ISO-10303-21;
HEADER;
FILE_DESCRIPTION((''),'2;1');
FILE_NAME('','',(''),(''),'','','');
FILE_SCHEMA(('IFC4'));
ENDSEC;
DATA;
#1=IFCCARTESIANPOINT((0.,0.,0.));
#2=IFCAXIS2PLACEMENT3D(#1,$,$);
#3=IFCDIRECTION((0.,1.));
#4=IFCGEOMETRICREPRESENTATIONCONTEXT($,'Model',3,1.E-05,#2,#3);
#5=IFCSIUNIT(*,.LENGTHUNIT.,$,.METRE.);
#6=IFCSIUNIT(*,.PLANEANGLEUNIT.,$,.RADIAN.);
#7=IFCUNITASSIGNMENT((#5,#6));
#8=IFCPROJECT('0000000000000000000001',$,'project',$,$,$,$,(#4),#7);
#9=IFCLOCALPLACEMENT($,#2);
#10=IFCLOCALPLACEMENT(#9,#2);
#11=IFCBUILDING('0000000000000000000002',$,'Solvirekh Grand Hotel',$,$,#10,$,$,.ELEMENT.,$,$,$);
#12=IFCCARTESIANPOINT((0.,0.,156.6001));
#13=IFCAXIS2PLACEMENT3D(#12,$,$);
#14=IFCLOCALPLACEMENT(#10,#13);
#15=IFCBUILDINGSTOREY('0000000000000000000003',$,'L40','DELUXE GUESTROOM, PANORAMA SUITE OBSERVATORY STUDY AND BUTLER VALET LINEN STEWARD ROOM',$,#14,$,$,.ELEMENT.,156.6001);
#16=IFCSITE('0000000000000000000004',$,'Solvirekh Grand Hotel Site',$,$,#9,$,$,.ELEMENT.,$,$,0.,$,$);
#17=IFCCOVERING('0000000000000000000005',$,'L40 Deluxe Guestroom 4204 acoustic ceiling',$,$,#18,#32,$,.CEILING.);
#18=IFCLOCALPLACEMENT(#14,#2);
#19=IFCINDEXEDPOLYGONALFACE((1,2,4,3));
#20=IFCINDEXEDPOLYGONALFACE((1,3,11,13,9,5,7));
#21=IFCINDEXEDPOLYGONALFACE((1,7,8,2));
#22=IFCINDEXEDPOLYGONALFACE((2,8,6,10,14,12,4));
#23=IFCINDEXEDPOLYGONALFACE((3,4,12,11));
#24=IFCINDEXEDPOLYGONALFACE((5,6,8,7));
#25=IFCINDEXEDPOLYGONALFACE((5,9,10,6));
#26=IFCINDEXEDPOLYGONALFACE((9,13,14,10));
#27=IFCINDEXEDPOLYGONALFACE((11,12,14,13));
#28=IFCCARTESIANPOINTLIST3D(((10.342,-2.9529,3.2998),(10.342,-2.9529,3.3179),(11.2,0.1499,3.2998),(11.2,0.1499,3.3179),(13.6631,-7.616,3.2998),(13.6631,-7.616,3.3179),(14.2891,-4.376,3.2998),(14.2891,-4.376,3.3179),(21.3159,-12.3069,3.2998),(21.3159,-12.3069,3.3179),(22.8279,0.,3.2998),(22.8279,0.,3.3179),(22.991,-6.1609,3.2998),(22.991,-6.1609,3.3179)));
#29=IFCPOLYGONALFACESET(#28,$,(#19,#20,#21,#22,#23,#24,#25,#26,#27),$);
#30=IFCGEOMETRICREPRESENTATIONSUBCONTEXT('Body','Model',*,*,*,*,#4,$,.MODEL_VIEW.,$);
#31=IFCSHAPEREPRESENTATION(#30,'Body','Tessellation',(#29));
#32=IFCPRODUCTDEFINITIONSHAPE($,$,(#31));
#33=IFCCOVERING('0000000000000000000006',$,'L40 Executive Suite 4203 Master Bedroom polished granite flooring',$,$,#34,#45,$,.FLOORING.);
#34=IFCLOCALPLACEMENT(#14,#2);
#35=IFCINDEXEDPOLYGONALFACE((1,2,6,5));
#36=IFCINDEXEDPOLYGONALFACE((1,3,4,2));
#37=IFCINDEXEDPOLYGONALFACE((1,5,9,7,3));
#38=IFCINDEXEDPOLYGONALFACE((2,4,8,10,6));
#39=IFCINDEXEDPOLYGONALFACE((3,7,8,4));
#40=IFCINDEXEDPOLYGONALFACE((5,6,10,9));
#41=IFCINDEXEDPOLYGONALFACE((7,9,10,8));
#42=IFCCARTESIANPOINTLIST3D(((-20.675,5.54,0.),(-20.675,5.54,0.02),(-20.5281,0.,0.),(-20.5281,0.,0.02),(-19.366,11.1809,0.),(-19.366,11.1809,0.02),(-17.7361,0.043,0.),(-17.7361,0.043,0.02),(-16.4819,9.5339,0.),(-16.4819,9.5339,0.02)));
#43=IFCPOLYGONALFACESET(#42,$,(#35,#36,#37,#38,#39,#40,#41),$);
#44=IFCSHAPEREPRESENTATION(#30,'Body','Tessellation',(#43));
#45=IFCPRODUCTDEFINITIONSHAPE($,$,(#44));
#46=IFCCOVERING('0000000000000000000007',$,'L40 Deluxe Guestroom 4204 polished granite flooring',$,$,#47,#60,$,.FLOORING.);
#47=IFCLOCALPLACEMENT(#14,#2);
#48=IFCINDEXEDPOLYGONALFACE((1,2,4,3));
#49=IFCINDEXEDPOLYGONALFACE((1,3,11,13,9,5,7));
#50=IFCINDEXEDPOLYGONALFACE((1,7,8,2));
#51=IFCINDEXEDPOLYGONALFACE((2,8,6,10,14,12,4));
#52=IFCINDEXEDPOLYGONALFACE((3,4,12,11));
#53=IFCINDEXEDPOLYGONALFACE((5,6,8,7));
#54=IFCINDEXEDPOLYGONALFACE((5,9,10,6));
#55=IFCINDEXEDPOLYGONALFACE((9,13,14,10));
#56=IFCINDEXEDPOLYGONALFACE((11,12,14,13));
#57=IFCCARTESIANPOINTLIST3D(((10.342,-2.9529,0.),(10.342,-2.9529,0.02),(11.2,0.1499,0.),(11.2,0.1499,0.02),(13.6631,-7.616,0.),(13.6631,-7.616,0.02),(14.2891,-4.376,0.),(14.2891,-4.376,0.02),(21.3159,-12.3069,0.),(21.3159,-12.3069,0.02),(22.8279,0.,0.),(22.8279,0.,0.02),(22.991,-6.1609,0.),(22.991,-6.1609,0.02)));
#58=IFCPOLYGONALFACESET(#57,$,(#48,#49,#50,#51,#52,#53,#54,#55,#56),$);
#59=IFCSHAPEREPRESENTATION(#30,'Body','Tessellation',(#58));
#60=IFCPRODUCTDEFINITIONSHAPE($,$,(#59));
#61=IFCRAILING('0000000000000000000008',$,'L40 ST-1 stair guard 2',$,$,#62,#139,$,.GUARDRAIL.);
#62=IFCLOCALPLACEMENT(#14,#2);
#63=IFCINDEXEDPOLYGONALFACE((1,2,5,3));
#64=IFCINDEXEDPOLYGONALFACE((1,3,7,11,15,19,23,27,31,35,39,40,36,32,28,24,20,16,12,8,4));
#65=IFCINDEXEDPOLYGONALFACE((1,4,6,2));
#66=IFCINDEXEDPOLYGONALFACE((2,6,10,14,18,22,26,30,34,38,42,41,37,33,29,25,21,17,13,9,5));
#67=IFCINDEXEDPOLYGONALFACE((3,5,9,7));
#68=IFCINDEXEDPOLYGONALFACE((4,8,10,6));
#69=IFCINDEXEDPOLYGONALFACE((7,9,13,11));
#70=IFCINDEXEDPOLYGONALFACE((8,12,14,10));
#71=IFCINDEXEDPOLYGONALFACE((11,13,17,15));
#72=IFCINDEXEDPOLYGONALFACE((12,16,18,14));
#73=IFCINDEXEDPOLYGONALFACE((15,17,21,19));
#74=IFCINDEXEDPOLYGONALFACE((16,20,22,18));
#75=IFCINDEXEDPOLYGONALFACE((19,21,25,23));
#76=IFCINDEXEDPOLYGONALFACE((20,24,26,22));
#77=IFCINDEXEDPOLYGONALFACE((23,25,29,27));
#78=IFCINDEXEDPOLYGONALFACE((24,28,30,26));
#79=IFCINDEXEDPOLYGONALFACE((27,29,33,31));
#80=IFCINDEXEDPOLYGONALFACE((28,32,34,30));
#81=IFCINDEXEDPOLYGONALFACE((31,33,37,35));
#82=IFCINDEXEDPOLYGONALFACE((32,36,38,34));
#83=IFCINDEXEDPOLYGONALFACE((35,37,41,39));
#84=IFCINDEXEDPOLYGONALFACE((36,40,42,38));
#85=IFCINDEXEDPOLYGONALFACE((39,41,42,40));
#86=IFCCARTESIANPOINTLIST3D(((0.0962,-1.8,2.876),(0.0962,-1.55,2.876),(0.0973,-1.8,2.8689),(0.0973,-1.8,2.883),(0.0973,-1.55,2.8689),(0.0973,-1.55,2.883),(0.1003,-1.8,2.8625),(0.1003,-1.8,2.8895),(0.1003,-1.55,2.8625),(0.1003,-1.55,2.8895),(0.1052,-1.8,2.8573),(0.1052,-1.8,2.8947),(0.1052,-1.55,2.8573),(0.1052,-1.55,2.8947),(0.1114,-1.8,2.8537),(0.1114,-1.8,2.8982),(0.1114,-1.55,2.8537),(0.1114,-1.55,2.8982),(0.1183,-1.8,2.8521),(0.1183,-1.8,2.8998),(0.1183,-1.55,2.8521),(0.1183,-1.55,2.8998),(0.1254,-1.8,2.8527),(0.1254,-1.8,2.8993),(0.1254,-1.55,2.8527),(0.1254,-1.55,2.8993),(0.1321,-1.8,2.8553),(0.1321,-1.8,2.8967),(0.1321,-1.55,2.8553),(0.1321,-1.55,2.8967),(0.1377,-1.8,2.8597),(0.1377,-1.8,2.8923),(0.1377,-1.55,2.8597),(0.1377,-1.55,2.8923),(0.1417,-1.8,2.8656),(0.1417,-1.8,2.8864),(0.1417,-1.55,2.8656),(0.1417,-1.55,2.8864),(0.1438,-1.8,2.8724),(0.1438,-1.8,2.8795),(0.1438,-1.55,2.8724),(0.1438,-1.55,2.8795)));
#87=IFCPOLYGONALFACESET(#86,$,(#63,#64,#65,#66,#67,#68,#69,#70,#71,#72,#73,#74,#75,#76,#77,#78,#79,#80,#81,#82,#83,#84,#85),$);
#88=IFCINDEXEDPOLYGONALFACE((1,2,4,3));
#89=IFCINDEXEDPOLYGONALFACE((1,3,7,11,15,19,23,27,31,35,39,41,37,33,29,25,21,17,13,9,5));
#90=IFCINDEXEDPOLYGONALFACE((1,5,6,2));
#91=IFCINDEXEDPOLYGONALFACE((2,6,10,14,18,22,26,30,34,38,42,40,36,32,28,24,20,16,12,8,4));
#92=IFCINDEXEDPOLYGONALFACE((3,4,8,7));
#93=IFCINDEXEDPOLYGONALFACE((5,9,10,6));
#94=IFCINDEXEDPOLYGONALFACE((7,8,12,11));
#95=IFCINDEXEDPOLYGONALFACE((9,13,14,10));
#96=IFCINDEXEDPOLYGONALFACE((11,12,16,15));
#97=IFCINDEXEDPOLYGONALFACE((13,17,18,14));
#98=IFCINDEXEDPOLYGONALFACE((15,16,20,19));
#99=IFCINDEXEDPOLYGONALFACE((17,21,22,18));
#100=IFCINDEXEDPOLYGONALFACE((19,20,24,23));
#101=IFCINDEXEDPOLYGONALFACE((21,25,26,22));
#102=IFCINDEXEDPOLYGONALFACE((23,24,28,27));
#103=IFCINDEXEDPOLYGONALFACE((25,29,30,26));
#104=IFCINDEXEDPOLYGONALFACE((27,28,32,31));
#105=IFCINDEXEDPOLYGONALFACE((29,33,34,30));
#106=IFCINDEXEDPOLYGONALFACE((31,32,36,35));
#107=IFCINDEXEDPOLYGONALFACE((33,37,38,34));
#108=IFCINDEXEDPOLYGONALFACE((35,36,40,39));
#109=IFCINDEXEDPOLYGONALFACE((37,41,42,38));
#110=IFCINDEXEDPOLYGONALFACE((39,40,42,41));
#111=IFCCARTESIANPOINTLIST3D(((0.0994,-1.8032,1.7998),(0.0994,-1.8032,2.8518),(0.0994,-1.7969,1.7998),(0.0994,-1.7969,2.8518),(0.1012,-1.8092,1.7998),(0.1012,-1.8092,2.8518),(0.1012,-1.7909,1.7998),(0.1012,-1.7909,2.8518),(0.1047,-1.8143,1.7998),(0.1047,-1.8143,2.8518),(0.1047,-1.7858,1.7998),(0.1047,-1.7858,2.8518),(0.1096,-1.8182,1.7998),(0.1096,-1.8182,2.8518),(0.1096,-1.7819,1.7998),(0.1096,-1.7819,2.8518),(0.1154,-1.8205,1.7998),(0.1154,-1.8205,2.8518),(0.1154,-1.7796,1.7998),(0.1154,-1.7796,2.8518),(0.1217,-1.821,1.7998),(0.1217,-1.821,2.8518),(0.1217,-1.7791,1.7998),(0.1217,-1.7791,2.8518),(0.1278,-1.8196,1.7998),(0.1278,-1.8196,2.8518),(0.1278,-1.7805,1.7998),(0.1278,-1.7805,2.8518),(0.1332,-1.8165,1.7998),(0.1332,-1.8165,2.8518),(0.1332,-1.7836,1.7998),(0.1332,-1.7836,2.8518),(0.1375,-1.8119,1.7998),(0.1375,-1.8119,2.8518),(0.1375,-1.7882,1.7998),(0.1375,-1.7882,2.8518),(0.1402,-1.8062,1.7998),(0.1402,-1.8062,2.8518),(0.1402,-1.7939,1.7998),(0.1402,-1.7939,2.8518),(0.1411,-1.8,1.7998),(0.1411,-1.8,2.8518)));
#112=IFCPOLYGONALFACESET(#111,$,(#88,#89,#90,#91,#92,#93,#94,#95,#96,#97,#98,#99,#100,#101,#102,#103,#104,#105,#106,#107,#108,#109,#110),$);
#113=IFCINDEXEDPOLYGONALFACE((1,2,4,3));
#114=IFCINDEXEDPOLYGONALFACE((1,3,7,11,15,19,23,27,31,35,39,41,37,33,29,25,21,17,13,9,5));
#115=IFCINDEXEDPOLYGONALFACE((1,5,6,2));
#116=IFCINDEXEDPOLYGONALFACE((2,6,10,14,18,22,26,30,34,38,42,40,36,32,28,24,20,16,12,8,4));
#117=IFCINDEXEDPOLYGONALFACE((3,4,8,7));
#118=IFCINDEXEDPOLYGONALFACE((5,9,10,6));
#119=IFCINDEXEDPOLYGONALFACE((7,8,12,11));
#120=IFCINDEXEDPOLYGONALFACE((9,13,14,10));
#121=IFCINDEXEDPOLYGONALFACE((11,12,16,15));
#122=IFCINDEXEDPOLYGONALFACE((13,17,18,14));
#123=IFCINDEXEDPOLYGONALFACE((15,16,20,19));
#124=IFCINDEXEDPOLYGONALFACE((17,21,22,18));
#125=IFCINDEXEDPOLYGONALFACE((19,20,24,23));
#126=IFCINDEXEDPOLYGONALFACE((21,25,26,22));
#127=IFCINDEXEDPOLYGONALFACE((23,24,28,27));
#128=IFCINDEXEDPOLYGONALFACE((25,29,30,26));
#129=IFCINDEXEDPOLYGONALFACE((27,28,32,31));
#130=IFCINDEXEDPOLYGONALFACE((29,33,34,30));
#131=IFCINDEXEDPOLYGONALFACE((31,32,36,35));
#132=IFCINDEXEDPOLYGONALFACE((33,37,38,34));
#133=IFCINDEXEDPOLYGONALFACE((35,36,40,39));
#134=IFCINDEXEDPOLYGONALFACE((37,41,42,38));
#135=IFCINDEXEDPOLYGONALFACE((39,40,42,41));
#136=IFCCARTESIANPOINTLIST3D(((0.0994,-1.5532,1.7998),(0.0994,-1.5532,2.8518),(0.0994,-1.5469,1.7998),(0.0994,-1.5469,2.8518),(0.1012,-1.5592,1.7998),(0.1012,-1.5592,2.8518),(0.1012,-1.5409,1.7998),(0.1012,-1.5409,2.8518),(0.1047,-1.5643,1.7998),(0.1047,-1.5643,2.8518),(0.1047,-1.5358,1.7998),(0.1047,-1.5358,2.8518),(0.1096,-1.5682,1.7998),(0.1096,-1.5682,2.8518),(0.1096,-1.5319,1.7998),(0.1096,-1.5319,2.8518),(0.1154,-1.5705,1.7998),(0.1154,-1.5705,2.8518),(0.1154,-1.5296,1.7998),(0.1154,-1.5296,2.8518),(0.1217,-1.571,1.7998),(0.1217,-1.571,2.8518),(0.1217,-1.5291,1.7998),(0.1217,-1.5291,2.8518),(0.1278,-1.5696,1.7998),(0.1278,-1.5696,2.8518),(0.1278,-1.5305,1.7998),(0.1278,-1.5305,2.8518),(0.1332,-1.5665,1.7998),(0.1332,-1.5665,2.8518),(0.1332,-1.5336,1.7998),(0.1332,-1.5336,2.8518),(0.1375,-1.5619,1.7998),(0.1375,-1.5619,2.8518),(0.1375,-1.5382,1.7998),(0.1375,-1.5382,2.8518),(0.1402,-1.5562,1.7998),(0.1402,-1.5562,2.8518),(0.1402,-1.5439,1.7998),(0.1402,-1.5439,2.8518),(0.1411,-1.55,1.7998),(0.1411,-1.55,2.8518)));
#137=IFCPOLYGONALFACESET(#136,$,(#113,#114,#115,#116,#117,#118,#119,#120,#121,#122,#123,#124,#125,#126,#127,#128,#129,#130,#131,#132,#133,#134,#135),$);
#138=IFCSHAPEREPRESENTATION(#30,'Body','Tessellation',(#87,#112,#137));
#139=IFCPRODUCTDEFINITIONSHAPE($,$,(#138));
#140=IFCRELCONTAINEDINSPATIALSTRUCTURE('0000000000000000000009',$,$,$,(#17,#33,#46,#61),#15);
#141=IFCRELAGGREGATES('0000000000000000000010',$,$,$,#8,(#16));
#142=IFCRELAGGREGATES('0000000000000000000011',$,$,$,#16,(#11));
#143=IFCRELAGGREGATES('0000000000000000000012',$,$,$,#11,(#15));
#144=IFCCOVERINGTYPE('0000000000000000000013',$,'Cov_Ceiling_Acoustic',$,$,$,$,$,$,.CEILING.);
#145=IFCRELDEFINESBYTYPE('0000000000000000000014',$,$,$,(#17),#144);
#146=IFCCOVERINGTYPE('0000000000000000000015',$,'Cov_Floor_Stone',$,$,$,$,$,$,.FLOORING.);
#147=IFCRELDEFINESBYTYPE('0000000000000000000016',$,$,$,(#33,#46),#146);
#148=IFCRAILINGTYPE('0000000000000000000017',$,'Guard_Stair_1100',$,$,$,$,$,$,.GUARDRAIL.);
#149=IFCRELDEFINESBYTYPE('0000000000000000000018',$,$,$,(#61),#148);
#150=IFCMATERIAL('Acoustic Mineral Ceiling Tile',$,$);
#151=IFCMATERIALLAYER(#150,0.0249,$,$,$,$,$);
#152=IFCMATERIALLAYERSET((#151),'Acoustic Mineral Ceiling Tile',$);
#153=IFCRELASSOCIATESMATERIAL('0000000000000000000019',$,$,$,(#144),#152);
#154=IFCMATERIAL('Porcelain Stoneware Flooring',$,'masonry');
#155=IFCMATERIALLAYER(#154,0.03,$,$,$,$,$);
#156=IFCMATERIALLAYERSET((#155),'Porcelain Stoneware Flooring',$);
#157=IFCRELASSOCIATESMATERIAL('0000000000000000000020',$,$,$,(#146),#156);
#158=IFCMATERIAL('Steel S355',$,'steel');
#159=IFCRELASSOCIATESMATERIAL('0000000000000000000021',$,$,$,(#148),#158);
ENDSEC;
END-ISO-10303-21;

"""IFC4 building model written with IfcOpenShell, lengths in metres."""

from ifc_helpers import new_model, si_unit, direction, frame, origin, origin_2d, place, context, subcontext, project, spatial, polyline, circle, outline, extrude, material, layer, layer_set, type_object, element, save


model = new_model("IFC4")

# Units and contexts
model_context = context("Model", 3, precision=1e-05, world=origin(), true_north=direction((0.0, 1.0)))
body_context = subcontext(model_context, "Body", "Model", "MODEL_VIEW")
ifc_project = project(units=[si_unit("LENGTHUNIT", "METRE"), si_unit("PLANEANGLEUNIT", "RADIAN")], contexts=[model_context])

# Site, building, storey
site_placement = place(None, origin())
site = spatial("IfcSite", under=ifc_project, at=site_placement, Name="Solvirekh Grand Hotel Site", CompositionType="ELEMENT", RefElevation=0.0)
building_placement = place(site_placement, origin())
building = spatial("IfcBuilding", under=site, at=building_placement, Name="Solvirekh Grand Hotel", CompositionType="ELEMENT")
storey_placement = place(building_placement, frame((0.0, 0.0, 156.6001)))
storey = spatial("IfcBuildingStorey", under=building, at=storey_placement, Name="L40", Description="DELUXE GUESTROOM, PANORAMA SUITE OBSERVATORY STUDY AND BUTLER VALET LINEN STEWARD ROOM", CompositionType="ELEMENT", Elevation=156.6001)

# Shared definitions
ifc_material_1 = material(Name="Steel S355", Category="steel")

# Coverings
ifc_material_2 = material(Name="Acoustic Mineral Ceiling Tile")
ifc_layer_1 = layer(ifc_material_2, 0.0249)
ifc_layer_set_1 = layer_set([ifc_layer_1], Name="Acoustic Mineral Ceiling Tile")
covering_type_1 = type_object("IfcCoveringType", Name="Cov_Ceiling_Acoustic", PredefinedType="CEILING", material=ifc_layer_set_1)
covering_1_placement = place(storey_placement, frame((0.0, 0.0, 3.2998)))
element("IfcCovering", 1, at=covering_1_placement, inside=storey, type_object=covering_type_1, Name="L40 Deluxe Guestroom 4204 acoustic ceiling", PredefinedType="CEILING", context=body_context, shape_type="SweptSolid", body=[
    extrude(outline(polyline([(14.2891, -4.376), (13.6631, -7.616), (21.3159, -12.3069), (22.991, -6.1609), (22.8279, 0.0), (11.2, 0.1499), (10.342, -2.9529), (14.2891, -4.376)])), origin(), (0.0, 0.0, 1.0), 0.0181),
])
ifc_material_3 = material(Name="Porcelain Stoneware Flooring", Category="masonry")
ifc_layer_2 = layer(ifc_material_3, 0.03)
ifc_layer_set_2 = layer_set([ifc_layer_2], Name="Porcelain Stoneware Flooring")
covering_type_2 = type_object("IfcCoveringType", Name="Cov_Floor_Stone", PredefinedType="FLOORING", material=ifc_layer_set_2)
covering_2_placement = place(storey_placement, origin())
element("IfcCovering", 2, at=covering_2_placement, inside=storey, type_object=covering_type_2, Name="L40 Executive Suite 4203 Master Bedroom polished granite flooring", PredefinedType="FLOORING", context=body_context, shape_type="SweptSolid", body=[
    extrude(outline(polyline([(-19.366, 11.1809), (-20.675, 5.54), (-20.5281, 0.0), (-17.7361, 0.043), (-16.4819, 9.5339), (-19.366, 11.1809)])), origin(), (0.0, 0.0, 1.0), 0.02),
])
covering_3_placement = place(storey_placement, origin())
element("IfcCovering", 3, at=covering_3_placement, inside=storey, type_object=covering_type_2, Name="L40 Deluxe Guestroom 4204 polished granite flooring", PredefinedType="FLOORING", context=body_context, shape_type="SweptSolid", body=[
    extrude(outline(polyline([(14.2891, -4.376), (13.6631, -7.616), (21.3159, -12.3069), (22.991, -6.1609), (22.8279, 0.0), (11.2, 0.1499), (10.342, -2.9529), (14.2891, -4.376)])), origin(), (0.0, 0.0, 1.0), 0.02),
])

# Railing
railing_type_1 = type_object("IfcRailingType", Name="Guard_Stair_1100", PredefinedType="GUARDRAIL", material=ifc_material_1)
railing_1_placement = place(storey_placement, frame((0.1201, -1.8, 1.7998)))
element("IfcRailing", 4, at=railing_1_placement, inside=storey, type_object=railing_type_1, Name="L40 ST-1 stair guard 2", PredefinedType="GUARDRAIL", context=body_context, shape_type="SweptSolid", body=[
    extrude(circle(Radius=0.0239, at=origin_2d()), frame((0.0, 0.0, 1.0762), z_axis=(0.0, 1.0, 0.0), x_axis=(-1.0, 0.0, 0.0)), (0.0, 0.0, 1.0), 0.25),
    extrude(circle(Radius=0.021, at=origin_2d()), origin(), (0.0, 0.0, 1.0), 1.052),
    extrude(circle(Radius=0.021, at=origin_2d()), frame((0.0, 0.25, 0.0)), (0.0, 0.0, 1.0), 1.052),
])

save(model, "model.ifc")
